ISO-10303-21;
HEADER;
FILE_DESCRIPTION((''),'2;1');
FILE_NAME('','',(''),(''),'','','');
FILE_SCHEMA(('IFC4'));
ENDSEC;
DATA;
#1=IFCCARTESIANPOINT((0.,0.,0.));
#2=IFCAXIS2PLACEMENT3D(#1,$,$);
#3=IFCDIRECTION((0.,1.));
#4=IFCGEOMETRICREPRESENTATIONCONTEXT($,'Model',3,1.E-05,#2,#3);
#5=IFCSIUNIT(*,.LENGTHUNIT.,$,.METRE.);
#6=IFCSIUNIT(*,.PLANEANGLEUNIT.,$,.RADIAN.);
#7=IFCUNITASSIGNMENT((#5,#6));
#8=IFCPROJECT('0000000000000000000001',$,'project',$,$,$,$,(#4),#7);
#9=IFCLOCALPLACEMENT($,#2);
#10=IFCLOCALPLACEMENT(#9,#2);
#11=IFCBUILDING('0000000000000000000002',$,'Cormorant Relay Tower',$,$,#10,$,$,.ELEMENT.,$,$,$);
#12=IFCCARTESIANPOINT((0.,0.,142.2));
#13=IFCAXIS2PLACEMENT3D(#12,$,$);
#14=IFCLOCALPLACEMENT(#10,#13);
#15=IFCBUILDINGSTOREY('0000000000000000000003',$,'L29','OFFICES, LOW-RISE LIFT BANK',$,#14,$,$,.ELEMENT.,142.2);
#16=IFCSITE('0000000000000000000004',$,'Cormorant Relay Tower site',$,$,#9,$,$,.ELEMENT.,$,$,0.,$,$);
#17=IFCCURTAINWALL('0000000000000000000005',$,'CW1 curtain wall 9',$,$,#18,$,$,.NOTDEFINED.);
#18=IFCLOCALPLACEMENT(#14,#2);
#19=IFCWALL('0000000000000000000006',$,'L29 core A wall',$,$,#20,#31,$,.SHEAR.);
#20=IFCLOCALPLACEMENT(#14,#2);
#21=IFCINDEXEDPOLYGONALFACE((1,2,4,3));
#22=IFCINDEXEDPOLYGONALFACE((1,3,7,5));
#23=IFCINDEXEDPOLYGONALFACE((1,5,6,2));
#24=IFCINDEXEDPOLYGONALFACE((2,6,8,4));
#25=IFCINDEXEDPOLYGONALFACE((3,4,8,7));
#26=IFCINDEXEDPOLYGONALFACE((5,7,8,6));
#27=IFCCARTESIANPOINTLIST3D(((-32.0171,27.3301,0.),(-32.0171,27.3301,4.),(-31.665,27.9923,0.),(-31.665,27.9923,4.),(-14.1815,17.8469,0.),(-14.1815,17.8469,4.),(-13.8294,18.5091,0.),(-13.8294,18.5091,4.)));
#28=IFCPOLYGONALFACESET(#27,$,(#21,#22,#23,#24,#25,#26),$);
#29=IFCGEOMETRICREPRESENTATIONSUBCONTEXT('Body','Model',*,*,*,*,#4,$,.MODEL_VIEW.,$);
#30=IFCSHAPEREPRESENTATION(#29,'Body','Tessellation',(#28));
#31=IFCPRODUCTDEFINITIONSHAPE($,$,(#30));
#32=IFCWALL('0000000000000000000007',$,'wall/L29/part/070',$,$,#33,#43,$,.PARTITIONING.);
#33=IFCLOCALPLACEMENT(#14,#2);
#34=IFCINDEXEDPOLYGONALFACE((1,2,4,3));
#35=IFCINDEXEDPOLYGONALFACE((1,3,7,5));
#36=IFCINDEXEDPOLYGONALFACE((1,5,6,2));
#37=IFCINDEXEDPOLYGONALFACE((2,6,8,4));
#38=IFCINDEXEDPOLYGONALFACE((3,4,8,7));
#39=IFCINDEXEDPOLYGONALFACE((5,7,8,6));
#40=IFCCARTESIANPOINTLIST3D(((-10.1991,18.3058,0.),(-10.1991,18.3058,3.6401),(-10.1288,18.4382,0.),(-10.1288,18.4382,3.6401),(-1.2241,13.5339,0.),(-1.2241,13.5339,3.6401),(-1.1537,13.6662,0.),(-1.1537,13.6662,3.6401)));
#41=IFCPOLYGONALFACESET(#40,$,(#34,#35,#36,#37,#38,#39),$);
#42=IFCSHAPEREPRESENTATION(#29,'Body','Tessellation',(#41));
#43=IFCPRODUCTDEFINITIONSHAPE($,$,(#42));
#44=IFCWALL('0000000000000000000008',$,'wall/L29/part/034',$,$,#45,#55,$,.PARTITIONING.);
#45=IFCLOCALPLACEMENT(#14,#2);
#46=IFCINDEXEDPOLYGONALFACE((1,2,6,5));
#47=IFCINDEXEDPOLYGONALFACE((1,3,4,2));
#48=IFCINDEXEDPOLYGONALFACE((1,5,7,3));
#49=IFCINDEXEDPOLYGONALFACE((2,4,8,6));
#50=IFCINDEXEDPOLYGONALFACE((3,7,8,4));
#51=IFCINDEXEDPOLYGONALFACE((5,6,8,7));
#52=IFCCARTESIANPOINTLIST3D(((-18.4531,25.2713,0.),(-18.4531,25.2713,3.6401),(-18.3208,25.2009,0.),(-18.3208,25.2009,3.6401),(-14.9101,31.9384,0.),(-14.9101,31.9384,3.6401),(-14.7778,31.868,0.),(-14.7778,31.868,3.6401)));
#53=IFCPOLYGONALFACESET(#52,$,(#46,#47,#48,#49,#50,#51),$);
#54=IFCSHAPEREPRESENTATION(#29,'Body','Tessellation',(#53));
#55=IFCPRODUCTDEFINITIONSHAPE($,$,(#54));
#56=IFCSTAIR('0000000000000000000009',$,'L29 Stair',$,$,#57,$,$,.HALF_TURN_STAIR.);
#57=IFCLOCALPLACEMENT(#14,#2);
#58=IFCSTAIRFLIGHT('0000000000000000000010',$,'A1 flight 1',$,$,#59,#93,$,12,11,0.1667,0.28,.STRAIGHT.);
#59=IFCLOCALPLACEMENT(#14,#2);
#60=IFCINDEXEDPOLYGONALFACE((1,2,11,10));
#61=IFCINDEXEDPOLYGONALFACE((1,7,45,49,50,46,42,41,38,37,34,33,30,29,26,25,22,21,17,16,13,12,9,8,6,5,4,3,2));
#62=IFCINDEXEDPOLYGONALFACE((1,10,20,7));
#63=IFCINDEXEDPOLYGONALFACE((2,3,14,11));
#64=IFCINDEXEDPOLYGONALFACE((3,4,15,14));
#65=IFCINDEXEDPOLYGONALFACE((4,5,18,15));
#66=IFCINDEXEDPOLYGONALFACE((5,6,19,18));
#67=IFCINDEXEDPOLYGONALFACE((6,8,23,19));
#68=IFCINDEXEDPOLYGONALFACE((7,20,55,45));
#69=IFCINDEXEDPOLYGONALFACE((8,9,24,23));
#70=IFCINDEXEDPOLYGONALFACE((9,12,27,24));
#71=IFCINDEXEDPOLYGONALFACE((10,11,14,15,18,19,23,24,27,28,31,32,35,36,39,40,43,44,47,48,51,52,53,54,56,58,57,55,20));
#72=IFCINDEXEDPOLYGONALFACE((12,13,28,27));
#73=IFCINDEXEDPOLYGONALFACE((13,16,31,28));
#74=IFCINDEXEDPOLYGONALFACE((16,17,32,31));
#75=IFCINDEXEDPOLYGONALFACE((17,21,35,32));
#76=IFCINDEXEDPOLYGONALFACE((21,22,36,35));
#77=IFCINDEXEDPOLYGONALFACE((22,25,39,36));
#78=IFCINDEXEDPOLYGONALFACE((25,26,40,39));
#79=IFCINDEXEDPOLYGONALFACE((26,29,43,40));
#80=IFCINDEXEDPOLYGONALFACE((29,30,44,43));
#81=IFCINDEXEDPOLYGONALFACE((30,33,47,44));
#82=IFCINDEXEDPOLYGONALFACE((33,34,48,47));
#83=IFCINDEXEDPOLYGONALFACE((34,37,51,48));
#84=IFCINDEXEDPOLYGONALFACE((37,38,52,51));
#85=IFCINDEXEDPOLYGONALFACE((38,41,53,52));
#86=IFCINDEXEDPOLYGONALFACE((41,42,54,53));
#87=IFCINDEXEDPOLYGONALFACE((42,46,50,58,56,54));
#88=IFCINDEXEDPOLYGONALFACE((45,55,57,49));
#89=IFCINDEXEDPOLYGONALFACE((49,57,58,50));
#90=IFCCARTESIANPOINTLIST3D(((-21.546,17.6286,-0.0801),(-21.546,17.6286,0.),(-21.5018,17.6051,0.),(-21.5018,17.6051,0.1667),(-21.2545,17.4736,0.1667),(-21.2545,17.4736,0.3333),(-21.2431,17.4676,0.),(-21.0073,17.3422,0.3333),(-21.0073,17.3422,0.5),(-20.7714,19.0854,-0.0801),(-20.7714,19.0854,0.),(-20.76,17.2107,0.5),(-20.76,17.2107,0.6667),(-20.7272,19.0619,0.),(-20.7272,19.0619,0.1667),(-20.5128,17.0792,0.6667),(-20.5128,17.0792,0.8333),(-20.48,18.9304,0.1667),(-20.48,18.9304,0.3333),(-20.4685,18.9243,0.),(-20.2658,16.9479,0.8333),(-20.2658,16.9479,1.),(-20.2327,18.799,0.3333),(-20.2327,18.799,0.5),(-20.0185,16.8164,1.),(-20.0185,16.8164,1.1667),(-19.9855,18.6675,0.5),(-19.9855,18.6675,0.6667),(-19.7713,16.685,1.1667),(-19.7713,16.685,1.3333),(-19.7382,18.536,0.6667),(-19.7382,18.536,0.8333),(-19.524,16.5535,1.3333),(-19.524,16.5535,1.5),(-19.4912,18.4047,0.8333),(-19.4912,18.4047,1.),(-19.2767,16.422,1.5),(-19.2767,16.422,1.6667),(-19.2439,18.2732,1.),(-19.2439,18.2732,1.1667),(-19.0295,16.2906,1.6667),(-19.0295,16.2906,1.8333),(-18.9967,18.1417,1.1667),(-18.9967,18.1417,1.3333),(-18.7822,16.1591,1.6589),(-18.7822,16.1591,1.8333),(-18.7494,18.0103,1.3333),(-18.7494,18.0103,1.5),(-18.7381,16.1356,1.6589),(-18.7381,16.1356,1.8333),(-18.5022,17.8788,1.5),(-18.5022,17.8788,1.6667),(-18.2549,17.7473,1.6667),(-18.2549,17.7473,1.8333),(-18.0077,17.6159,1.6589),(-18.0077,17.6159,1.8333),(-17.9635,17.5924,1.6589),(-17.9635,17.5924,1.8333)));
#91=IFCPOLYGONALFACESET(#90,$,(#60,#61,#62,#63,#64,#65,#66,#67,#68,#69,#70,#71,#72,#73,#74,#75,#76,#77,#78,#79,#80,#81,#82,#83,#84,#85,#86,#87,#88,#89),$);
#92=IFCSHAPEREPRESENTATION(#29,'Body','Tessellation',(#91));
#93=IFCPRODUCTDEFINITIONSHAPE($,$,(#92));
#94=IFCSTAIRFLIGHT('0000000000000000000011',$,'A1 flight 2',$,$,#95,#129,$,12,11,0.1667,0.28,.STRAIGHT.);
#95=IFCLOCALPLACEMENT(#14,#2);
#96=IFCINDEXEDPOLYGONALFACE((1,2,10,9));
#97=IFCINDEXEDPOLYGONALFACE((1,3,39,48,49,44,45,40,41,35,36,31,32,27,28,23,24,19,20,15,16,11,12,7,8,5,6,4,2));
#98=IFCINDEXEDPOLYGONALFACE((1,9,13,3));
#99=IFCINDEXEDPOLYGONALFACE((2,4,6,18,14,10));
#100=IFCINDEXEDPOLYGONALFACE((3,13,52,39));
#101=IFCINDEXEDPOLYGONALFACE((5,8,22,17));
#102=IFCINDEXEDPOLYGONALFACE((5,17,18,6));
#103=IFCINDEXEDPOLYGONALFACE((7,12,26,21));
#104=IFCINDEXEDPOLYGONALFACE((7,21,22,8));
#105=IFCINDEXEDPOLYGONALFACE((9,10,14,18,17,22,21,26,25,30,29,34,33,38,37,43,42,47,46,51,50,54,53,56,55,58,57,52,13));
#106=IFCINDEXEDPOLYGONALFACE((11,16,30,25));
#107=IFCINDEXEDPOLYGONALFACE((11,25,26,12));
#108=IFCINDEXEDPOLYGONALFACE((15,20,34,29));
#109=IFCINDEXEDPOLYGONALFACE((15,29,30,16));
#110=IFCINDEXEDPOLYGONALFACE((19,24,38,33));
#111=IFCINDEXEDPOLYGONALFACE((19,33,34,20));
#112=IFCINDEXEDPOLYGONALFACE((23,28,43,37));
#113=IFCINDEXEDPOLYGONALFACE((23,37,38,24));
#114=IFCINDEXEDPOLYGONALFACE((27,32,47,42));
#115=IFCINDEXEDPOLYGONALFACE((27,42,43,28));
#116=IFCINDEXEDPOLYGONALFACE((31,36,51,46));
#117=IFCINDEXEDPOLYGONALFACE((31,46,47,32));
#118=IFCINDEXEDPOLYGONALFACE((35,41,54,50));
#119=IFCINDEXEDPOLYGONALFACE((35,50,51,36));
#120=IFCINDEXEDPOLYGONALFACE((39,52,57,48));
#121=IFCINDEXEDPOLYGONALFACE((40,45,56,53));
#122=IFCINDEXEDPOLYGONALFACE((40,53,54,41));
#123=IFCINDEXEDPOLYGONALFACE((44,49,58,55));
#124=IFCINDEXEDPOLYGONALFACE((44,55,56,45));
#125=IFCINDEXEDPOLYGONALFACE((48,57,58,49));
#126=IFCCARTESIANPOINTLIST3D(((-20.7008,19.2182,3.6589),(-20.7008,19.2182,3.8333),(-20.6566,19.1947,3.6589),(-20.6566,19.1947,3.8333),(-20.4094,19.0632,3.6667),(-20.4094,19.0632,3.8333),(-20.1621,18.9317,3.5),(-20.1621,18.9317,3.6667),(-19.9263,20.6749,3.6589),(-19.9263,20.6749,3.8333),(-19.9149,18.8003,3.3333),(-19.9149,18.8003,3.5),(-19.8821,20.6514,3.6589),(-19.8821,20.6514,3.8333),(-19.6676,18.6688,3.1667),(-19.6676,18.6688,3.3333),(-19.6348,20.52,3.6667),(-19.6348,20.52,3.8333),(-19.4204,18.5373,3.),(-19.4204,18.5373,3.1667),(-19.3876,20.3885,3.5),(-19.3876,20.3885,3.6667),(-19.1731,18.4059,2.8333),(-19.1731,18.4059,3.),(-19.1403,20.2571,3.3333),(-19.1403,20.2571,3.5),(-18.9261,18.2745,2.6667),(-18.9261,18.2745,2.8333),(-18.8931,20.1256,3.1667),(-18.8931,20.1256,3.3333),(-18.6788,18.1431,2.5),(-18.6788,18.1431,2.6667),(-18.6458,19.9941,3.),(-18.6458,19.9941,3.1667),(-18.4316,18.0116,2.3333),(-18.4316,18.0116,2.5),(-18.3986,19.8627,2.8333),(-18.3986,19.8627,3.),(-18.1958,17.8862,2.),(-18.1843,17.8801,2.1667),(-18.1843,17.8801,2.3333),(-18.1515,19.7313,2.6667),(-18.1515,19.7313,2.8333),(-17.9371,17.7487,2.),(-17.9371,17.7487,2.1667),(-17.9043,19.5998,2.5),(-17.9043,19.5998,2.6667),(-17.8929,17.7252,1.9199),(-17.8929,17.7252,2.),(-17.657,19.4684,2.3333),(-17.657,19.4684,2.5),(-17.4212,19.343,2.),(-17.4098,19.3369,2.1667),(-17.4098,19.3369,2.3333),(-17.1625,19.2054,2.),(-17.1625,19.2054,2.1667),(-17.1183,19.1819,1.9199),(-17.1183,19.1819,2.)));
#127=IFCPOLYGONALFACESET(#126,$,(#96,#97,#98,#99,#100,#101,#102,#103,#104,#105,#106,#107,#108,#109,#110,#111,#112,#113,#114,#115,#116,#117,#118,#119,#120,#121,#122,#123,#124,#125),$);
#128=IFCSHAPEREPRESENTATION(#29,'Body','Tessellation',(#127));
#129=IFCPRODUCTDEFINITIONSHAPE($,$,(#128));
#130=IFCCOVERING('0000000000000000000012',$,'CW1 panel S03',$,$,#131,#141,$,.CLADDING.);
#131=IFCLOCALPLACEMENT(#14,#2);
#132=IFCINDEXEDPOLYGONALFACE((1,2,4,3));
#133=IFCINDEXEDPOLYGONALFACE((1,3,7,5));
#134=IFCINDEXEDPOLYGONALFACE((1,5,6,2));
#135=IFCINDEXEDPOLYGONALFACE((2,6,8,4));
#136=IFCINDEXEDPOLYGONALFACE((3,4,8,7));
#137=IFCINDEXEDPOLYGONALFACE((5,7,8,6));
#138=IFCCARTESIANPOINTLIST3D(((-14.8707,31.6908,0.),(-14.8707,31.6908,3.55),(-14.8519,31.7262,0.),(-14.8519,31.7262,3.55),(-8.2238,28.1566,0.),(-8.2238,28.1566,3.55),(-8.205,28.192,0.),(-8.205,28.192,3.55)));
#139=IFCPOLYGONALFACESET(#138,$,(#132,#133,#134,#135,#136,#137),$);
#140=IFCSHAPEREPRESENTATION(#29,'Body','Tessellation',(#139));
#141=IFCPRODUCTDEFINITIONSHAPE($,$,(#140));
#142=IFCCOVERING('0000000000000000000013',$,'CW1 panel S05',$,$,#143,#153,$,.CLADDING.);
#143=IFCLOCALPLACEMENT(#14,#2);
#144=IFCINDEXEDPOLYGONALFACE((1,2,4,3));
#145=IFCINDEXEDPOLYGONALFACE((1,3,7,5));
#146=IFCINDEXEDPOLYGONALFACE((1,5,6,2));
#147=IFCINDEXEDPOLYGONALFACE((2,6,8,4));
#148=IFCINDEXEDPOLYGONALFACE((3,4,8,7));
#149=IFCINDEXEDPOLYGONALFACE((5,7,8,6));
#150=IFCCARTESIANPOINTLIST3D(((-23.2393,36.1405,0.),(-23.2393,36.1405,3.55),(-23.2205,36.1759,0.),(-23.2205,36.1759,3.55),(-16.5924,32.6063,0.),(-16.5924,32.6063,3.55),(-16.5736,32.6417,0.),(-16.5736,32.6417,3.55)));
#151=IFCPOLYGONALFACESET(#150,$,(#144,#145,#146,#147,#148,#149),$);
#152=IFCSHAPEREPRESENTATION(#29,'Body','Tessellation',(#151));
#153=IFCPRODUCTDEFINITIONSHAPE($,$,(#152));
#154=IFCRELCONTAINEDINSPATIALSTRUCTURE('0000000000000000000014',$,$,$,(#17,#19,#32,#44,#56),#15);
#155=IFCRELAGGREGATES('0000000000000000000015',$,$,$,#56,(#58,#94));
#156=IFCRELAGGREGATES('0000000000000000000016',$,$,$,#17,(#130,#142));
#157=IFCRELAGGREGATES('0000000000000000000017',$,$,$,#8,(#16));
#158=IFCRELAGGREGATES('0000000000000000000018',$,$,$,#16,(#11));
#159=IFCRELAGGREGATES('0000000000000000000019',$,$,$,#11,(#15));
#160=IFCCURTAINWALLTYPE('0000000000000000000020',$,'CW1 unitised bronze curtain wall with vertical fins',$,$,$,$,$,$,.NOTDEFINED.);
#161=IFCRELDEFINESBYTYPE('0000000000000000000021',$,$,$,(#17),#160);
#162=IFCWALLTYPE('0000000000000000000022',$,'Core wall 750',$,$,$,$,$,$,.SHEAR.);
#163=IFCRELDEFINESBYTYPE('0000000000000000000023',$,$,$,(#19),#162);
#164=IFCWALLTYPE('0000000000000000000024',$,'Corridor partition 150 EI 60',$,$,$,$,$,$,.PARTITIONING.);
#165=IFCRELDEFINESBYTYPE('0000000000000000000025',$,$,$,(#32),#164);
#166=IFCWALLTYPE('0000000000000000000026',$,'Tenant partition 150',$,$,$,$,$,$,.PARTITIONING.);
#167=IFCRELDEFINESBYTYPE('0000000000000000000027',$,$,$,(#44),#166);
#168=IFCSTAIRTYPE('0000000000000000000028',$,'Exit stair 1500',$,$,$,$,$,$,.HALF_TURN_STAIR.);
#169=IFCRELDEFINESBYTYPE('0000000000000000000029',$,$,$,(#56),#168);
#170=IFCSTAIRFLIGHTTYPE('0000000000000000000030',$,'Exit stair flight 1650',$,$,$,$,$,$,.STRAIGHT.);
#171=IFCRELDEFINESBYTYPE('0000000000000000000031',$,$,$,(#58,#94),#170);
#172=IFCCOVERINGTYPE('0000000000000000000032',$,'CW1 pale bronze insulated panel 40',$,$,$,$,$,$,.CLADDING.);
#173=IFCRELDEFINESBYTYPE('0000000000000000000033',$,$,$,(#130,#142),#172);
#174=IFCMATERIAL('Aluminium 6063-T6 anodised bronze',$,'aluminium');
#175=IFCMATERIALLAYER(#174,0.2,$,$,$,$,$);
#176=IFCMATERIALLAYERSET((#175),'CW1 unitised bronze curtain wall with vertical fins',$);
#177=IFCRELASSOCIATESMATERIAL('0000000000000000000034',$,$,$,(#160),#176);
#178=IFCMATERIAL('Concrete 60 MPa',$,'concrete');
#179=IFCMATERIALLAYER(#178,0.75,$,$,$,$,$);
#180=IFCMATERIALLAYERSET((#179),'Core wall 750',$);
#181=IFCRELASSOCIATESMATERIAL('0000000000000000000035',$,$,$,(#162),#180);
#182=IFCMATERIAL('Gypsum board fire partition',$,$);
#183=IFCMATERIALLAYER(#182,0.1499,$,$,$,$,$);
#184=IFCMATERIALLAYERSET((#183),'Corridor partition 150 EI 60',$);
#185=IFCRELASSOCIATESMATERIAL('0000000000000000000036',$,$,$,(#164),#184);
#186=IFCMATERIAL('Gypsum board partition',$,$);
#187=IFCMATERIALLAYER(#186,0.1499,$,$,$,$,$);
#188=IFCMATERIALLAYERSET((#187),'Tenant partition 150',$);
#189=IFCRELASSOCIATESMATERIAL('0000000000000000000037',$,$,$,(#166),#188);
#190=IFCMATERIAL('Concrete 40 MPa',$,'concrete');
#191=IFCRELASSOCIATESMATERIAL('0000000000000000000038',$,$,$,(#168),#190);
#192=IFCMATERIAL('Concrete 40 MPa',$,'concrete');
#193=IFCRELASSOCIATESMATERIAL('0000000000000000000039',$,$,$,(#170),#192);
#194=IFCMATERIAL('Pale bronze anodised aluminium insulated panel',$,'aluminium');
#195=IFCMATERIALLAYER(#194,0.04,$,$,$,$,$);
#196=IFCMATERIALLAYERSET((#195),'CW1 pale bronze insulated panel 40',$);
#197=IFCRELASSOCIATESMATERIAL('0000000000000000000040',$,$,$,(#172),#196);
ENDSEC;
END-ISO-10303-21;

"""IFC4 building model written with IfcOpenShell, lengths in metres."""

from ifc_helpers import new_model, si_unit, direction, frame, frame_2d, origin, origin_2d, place, context, subcontext, project, spatial, polyline, rectangle, outline, extrude, material, layer, layer_set, type_object, element, aggregate, save


model = new_model("IFC4")

# Units and contexts
model_context = context("Model", 3, precision=1e-05, world=origin(), true_north=direction((0.0, 1.0)))
body_context = subcontext(model_context, "Body", "Model", "MODEL_VIEW")
ifc_project = project(units=[si_unit("LENGTHUNIT", "METRE"), si_unit("PLANEANGLEUNIT", "RADIAN")], contexts=[model_context])

# Site, building, storey
site_placement = place(None, origin())
site = spatial("IfcSite", under=ifc_project, at=site_placement, Name="Cormorant Relay Tower site", CompositionType="ELEMENT", RefElevation=0.0)
building_placement = place(site_placement, origin())
building = spatial("IfcBuilding", under=site, at=building_placement, Name="Cormorant Relay Tower", CompositionType="ELEMENT")
storey_placement = place(building_placement, frame((0.0, 0.0, 142.2)))
storey = spatial("IfcBuildingStorey", under=building, at=storey_placement, Name="L29", Description="OFFICES, LOW-RISE LIFT BANK", CompositionType="ELEMENT", Elevation=142.2)

# Curtain wall
ifc_material_1 = material(Name="Aluminium 6063-T6 anodised bronze", Category="aluminium")
ifc_layer_1 = layer(ifc_material_1, 0.2)
ifc_layer_set_1 = layer_set([ifc_layer_1], Name="CW1 unitised bronze curtain wall with vertical fins")
curtain_wall_type = type_object("IfcCurtainWallType", Name="CW1 unitised bronze curtain wall with vertical fins", PredefinedType="NOTDEFINED", material=ifc_layer_set_1)
curtain_wall_placement = place(storey_placement, origin())
curtain_wall = element("IfcCurtainWall", 1, at=curtain_wall_placement, inside=storey, type_object=curtain_wall_type, Name="CW1 curtain wall 9", PredefinedType="NOTDEFINED")

# Shared definitions
ifc_material_2 = material(Name="Concrete 60 MPa", Category="concrete")
ifc_layer_2 = layer(ifc_material_2, 0.75)
ifc_layer_set_2 = layer_set([ifc_layer_2], Name="Core wall 750")
wall_type_1 = type_object("IfcWallType", Name="Core wall 750", PredefinedType="SHEAR", material=ifc_layer_set_2)

# Walls
wall_1_placement = place(storey_placement, frame((-14.0054, 18.178, 0.0), z_axis=(0.0, 0.0, 1.0), x_axis=(-0.88295, 0.469467, 0.0)))
element("IfcWall", 2, at=wall_1_placement, inside=storey, type_object=wall_type_1, Name="L29 core A wall", PredefinedType="SHEAR", context=body_context, shape_type="SweptSolid", body=[
    extrude(rectangle(XDim=20.2, YDim=0.75, at=frame_2d((10.1001, 0.0))), origin(), (0.0, 0.0, 1.0), 4.0),
])
ifc_material_3 = material(Name="Gypsum board fire partition")
ifc_layer_3 = layer(ifc_material_3, 0.1499)
ifc_layer_set_3 = layer_set([ifc_layer_3], Name="Corridor partition 150 EI 60")
wall_type_2 = type_object("IfcWallType", Name="Corridor partition 150 EI 60", PredefinedType="PARTITIONING", material=ifc_layer_set_3)
wall_2_placement = place(storey_placement, frame((-10.1641, 18.3721, 0.0), z_axis=(0.0, 0.0, 1.0), x_axis=(0.882955, -0.469458, 0.0)))
element("IfcWall", 3, at=wall_2_placement, inside=storey, type_object=wall_type_2, Name="wall/L29/part/070", PredefinedType="PARTITIONING", context=body_context, shape_type="SweptSolid", body=[
    extrude(rectangle(XDim=10.1648, YDim=0.1499, at=frame_2d((5.0825, 0.0))), origin(), (0.0, 0.0, 1.0), 3.6401),
])
ifc_material_4 = material(Name="Gypsum board partition")
ifc_layer_4 = layer(ifc_material_4, 0.1499)
ifc_layer_set_4 = layer_set([ifc_layer_4], Name="Tenant partition 150")
wall_type_3 = type_object("IfcWallType", Name="Tenant partition 150", PredefinedType="PARTITIONING", material=ifc_layer_set_4)
wall_3_placement = place(storey_placement, frame((-14.844, 31.9031, 0.0), z_axis=(0.0, 0.0, 1.0), x_axis=(-0.469272, -0.883054, 0.0)))
element("IfcWall", 4, at=wall_3_placement, inside=storey, type_object=wall_type_3, Name="wall/L29/part/034", PredefinedType="PARTITIONING", context=body_context, shape_type="SweptSolid", body=[
    extrude(rectangle(XDim=7.55, YDim=0.1499, at=frame_2d((3.7749, 0.0))), origin(), (0.0, 0.0, 1.0), 3.6401),
])

# Stair, stair flights
ifc_material_5 = material(Name="Concrete 40 MPa", Category="concrete")
stair_type = type_object("IfcStairType", Name="Exit stair 1500", PredefinedType="HALF_TURN_STAIR", material=ifc_material_5)
stair_placement = place(storey_placement, origin())
stair = element("IfcStair", 5, at=stair_placement, inside=storey, type_object=stair_type, Name="L29 Stair", PredefinedType="HALF_TURN_STAIR")
ifc_material_6 = material(Name="Concrete 40 MPa", Category="concrete")
stair_flight_type = type_object("IfcStairFlightType", Name="Exit stair flight 1650", PredefinedType="STRAIGHT", material=ifc_material_6)
stair_flight_1_placement = place(storey_placement, frame((-21.1145, 18.3335, 0.0), z_axis=(0.0, 0.0, 1.0), x_axis=(0.882948, -0.469472, 0.0)))
stair_flight_1 = element("IfcStairFlight", 6, at=stair_flight_1_placement, type_object=stair_flight_type, Name="A1 flight 1", NumberOfRisers=12, NumberOfTreads=11, PredefinedType="STRAIGHT", RiserHeight=0.1667, TreadLength=0.28, context=body_context, shape_type="SweptSolid", body=[
    extrude(outline(polyline([(-0.05, -0.0801), (-0.05, 0.0), (0.0, 0.0), (0.0, 0.1667), (0.28, 0.1667), (0.28, 0.3333), (0.5601, 0.3333), (0.5601, 0.5), (0.8401, 0.5), (0.8401, 0.6667), (1.1201, 0.6667), (1.1201, 0.8333), (1.3999, 0.8333), (1.3999, 1.0), (1.6799, 1.0), (1.6799, 1.1667), (1.96, 1.1667), (1.96, 1.3333), (2.24, 1.3333), (2.24, 1.5), (2.52, 1.5), (2.52, 1.6667), (2.8, 1.6667), (2.8, 1.8333), (3.0801, 1.8333), (3.1301, 1.8333), (3.1301, 1.6589), (3.0801, 1.6589), (0.293, 0.0), (-0.05, -0.0801)])), frame((0.0, 0.825, 0.0), z_axis=(0.0, -1.0, 0.0), x_axis=(1.0, 0.0, 0.0)), (0.0, 0.0, 1.0), 1.6499),
])
stair_flight_2_placement = place(storey_placement, frame((-17.5498, 18.4771, 2.0), z_axis=(0.0, 0.0, 1.0), x_axis=(-0.882948, 0.469472, 0.0)))
stair_flight_2 = element("IfcStairFlight", 7, at=stair_flight_2_placement, type_object=stair_flight_type, Name="A1 flight 2", NumberOfRisers=12, NumberOfTreads=11, PredefinedType="STRAIGHT", RiserHeight=0.1667, TreadLength=0.28, context=body_context, shape_type="SweptSolid", body=[
    extrude(outline(polyline([(-0.05, -0.0801), (-0.05, 0.0), (0.0, 0.0), (0.0, 0.1667), (0.28, 0.1667), (0.28, 0.3333), (0.5601, 0.3333), (0.5601, 0.5), (0.8401, 0.5), (0.8401, 0.6667), (1.1201, 0.6667), (1.1201, 0.8333), (1.3999, 0.8333), (1.3999, 1.0), (1.6799, 1.0), (1.6799, 1.1667), (1.96, 1.1667), (1.96, 1.3333), (2.24, 1.3333), (2.24, 1.5), (2.52, 1.5), (2.52, 1.6667), (2.8, 1.6667), (2.8, 1.8333), (3.0801, 1.8333), (3.1301, 1.8333), (3.1301, 1.6589), (3.0801, 1.6589), (0.293, 0.0), (-0.05, -0.0801)])), frame((0.0, 0.825, 0.0), z_axis=(0.0, -1.0, 0.0), x_axis=(1.0, 0.0, 0.0)), (0.0, 0.0, 1.0), 1.6499),
])
aggregate(stair, [stair_flight_1, stair_flight_2])

# Coverings
ifc_material_7 = material(Name="Pale bronze anodised aluminium insulated panel", Category="aluminium")
ifc_layer_5 = layer(ifc_material_7, 0.04)
ifc_layer_set_5 = layer_set([ifc_layer_5], Name="CW1 pale bronze insulated panel 40")
covering_type = type_object("IfcCoveringType", Name="CW1 pale bronze insulated panel 40", PredefinedType="CLADDING", material=ifc_layer_set_5)
covering_1_placement = place(storey_placement, frame((-11.5378, 29.9414, 0.0), z_axis=(0.0, 0.0, 1.0), x_axis=(-0.882948, 0.469472, 0.0)))
covering_1 = element("IfcCovering", 8, at=covering_1_placement, type_object=covering_type, Name="CW1 panel S03", PredefinedType="CLADDING", context=body_context, shape_type="SweptSolid", body=[
    extrude(rectangle(XDim=7.5281, YDim=0.04, at=origin_2d()), origin(), (0.0, 0.0, 1.0), 3.55),
])
covering_2_placement = place(storey_placement, frame((-19.9065, 34.3911, 0.0), z_axis=(0.0, 0.0, 1.0), x_axis=(-0.882948, 0.469472, 0.0)))
covering_2 = element("IfcCovering", 9, at=covering_2_placement, type_object=covering_type, Name="CW1 panel S05", PredefinedType="CLADDING", context=body_context, shape_type="SweptSolid", body=[
    extrude(rectangle(XDim=7.5281, YDim=0.04, at=origin_2d()), origin(), (0.0, 0.0, 1.0), 3.55),
])
aggregate(curtain_wall, [covering_1, covering_2])

save(model, "model.ifc")
